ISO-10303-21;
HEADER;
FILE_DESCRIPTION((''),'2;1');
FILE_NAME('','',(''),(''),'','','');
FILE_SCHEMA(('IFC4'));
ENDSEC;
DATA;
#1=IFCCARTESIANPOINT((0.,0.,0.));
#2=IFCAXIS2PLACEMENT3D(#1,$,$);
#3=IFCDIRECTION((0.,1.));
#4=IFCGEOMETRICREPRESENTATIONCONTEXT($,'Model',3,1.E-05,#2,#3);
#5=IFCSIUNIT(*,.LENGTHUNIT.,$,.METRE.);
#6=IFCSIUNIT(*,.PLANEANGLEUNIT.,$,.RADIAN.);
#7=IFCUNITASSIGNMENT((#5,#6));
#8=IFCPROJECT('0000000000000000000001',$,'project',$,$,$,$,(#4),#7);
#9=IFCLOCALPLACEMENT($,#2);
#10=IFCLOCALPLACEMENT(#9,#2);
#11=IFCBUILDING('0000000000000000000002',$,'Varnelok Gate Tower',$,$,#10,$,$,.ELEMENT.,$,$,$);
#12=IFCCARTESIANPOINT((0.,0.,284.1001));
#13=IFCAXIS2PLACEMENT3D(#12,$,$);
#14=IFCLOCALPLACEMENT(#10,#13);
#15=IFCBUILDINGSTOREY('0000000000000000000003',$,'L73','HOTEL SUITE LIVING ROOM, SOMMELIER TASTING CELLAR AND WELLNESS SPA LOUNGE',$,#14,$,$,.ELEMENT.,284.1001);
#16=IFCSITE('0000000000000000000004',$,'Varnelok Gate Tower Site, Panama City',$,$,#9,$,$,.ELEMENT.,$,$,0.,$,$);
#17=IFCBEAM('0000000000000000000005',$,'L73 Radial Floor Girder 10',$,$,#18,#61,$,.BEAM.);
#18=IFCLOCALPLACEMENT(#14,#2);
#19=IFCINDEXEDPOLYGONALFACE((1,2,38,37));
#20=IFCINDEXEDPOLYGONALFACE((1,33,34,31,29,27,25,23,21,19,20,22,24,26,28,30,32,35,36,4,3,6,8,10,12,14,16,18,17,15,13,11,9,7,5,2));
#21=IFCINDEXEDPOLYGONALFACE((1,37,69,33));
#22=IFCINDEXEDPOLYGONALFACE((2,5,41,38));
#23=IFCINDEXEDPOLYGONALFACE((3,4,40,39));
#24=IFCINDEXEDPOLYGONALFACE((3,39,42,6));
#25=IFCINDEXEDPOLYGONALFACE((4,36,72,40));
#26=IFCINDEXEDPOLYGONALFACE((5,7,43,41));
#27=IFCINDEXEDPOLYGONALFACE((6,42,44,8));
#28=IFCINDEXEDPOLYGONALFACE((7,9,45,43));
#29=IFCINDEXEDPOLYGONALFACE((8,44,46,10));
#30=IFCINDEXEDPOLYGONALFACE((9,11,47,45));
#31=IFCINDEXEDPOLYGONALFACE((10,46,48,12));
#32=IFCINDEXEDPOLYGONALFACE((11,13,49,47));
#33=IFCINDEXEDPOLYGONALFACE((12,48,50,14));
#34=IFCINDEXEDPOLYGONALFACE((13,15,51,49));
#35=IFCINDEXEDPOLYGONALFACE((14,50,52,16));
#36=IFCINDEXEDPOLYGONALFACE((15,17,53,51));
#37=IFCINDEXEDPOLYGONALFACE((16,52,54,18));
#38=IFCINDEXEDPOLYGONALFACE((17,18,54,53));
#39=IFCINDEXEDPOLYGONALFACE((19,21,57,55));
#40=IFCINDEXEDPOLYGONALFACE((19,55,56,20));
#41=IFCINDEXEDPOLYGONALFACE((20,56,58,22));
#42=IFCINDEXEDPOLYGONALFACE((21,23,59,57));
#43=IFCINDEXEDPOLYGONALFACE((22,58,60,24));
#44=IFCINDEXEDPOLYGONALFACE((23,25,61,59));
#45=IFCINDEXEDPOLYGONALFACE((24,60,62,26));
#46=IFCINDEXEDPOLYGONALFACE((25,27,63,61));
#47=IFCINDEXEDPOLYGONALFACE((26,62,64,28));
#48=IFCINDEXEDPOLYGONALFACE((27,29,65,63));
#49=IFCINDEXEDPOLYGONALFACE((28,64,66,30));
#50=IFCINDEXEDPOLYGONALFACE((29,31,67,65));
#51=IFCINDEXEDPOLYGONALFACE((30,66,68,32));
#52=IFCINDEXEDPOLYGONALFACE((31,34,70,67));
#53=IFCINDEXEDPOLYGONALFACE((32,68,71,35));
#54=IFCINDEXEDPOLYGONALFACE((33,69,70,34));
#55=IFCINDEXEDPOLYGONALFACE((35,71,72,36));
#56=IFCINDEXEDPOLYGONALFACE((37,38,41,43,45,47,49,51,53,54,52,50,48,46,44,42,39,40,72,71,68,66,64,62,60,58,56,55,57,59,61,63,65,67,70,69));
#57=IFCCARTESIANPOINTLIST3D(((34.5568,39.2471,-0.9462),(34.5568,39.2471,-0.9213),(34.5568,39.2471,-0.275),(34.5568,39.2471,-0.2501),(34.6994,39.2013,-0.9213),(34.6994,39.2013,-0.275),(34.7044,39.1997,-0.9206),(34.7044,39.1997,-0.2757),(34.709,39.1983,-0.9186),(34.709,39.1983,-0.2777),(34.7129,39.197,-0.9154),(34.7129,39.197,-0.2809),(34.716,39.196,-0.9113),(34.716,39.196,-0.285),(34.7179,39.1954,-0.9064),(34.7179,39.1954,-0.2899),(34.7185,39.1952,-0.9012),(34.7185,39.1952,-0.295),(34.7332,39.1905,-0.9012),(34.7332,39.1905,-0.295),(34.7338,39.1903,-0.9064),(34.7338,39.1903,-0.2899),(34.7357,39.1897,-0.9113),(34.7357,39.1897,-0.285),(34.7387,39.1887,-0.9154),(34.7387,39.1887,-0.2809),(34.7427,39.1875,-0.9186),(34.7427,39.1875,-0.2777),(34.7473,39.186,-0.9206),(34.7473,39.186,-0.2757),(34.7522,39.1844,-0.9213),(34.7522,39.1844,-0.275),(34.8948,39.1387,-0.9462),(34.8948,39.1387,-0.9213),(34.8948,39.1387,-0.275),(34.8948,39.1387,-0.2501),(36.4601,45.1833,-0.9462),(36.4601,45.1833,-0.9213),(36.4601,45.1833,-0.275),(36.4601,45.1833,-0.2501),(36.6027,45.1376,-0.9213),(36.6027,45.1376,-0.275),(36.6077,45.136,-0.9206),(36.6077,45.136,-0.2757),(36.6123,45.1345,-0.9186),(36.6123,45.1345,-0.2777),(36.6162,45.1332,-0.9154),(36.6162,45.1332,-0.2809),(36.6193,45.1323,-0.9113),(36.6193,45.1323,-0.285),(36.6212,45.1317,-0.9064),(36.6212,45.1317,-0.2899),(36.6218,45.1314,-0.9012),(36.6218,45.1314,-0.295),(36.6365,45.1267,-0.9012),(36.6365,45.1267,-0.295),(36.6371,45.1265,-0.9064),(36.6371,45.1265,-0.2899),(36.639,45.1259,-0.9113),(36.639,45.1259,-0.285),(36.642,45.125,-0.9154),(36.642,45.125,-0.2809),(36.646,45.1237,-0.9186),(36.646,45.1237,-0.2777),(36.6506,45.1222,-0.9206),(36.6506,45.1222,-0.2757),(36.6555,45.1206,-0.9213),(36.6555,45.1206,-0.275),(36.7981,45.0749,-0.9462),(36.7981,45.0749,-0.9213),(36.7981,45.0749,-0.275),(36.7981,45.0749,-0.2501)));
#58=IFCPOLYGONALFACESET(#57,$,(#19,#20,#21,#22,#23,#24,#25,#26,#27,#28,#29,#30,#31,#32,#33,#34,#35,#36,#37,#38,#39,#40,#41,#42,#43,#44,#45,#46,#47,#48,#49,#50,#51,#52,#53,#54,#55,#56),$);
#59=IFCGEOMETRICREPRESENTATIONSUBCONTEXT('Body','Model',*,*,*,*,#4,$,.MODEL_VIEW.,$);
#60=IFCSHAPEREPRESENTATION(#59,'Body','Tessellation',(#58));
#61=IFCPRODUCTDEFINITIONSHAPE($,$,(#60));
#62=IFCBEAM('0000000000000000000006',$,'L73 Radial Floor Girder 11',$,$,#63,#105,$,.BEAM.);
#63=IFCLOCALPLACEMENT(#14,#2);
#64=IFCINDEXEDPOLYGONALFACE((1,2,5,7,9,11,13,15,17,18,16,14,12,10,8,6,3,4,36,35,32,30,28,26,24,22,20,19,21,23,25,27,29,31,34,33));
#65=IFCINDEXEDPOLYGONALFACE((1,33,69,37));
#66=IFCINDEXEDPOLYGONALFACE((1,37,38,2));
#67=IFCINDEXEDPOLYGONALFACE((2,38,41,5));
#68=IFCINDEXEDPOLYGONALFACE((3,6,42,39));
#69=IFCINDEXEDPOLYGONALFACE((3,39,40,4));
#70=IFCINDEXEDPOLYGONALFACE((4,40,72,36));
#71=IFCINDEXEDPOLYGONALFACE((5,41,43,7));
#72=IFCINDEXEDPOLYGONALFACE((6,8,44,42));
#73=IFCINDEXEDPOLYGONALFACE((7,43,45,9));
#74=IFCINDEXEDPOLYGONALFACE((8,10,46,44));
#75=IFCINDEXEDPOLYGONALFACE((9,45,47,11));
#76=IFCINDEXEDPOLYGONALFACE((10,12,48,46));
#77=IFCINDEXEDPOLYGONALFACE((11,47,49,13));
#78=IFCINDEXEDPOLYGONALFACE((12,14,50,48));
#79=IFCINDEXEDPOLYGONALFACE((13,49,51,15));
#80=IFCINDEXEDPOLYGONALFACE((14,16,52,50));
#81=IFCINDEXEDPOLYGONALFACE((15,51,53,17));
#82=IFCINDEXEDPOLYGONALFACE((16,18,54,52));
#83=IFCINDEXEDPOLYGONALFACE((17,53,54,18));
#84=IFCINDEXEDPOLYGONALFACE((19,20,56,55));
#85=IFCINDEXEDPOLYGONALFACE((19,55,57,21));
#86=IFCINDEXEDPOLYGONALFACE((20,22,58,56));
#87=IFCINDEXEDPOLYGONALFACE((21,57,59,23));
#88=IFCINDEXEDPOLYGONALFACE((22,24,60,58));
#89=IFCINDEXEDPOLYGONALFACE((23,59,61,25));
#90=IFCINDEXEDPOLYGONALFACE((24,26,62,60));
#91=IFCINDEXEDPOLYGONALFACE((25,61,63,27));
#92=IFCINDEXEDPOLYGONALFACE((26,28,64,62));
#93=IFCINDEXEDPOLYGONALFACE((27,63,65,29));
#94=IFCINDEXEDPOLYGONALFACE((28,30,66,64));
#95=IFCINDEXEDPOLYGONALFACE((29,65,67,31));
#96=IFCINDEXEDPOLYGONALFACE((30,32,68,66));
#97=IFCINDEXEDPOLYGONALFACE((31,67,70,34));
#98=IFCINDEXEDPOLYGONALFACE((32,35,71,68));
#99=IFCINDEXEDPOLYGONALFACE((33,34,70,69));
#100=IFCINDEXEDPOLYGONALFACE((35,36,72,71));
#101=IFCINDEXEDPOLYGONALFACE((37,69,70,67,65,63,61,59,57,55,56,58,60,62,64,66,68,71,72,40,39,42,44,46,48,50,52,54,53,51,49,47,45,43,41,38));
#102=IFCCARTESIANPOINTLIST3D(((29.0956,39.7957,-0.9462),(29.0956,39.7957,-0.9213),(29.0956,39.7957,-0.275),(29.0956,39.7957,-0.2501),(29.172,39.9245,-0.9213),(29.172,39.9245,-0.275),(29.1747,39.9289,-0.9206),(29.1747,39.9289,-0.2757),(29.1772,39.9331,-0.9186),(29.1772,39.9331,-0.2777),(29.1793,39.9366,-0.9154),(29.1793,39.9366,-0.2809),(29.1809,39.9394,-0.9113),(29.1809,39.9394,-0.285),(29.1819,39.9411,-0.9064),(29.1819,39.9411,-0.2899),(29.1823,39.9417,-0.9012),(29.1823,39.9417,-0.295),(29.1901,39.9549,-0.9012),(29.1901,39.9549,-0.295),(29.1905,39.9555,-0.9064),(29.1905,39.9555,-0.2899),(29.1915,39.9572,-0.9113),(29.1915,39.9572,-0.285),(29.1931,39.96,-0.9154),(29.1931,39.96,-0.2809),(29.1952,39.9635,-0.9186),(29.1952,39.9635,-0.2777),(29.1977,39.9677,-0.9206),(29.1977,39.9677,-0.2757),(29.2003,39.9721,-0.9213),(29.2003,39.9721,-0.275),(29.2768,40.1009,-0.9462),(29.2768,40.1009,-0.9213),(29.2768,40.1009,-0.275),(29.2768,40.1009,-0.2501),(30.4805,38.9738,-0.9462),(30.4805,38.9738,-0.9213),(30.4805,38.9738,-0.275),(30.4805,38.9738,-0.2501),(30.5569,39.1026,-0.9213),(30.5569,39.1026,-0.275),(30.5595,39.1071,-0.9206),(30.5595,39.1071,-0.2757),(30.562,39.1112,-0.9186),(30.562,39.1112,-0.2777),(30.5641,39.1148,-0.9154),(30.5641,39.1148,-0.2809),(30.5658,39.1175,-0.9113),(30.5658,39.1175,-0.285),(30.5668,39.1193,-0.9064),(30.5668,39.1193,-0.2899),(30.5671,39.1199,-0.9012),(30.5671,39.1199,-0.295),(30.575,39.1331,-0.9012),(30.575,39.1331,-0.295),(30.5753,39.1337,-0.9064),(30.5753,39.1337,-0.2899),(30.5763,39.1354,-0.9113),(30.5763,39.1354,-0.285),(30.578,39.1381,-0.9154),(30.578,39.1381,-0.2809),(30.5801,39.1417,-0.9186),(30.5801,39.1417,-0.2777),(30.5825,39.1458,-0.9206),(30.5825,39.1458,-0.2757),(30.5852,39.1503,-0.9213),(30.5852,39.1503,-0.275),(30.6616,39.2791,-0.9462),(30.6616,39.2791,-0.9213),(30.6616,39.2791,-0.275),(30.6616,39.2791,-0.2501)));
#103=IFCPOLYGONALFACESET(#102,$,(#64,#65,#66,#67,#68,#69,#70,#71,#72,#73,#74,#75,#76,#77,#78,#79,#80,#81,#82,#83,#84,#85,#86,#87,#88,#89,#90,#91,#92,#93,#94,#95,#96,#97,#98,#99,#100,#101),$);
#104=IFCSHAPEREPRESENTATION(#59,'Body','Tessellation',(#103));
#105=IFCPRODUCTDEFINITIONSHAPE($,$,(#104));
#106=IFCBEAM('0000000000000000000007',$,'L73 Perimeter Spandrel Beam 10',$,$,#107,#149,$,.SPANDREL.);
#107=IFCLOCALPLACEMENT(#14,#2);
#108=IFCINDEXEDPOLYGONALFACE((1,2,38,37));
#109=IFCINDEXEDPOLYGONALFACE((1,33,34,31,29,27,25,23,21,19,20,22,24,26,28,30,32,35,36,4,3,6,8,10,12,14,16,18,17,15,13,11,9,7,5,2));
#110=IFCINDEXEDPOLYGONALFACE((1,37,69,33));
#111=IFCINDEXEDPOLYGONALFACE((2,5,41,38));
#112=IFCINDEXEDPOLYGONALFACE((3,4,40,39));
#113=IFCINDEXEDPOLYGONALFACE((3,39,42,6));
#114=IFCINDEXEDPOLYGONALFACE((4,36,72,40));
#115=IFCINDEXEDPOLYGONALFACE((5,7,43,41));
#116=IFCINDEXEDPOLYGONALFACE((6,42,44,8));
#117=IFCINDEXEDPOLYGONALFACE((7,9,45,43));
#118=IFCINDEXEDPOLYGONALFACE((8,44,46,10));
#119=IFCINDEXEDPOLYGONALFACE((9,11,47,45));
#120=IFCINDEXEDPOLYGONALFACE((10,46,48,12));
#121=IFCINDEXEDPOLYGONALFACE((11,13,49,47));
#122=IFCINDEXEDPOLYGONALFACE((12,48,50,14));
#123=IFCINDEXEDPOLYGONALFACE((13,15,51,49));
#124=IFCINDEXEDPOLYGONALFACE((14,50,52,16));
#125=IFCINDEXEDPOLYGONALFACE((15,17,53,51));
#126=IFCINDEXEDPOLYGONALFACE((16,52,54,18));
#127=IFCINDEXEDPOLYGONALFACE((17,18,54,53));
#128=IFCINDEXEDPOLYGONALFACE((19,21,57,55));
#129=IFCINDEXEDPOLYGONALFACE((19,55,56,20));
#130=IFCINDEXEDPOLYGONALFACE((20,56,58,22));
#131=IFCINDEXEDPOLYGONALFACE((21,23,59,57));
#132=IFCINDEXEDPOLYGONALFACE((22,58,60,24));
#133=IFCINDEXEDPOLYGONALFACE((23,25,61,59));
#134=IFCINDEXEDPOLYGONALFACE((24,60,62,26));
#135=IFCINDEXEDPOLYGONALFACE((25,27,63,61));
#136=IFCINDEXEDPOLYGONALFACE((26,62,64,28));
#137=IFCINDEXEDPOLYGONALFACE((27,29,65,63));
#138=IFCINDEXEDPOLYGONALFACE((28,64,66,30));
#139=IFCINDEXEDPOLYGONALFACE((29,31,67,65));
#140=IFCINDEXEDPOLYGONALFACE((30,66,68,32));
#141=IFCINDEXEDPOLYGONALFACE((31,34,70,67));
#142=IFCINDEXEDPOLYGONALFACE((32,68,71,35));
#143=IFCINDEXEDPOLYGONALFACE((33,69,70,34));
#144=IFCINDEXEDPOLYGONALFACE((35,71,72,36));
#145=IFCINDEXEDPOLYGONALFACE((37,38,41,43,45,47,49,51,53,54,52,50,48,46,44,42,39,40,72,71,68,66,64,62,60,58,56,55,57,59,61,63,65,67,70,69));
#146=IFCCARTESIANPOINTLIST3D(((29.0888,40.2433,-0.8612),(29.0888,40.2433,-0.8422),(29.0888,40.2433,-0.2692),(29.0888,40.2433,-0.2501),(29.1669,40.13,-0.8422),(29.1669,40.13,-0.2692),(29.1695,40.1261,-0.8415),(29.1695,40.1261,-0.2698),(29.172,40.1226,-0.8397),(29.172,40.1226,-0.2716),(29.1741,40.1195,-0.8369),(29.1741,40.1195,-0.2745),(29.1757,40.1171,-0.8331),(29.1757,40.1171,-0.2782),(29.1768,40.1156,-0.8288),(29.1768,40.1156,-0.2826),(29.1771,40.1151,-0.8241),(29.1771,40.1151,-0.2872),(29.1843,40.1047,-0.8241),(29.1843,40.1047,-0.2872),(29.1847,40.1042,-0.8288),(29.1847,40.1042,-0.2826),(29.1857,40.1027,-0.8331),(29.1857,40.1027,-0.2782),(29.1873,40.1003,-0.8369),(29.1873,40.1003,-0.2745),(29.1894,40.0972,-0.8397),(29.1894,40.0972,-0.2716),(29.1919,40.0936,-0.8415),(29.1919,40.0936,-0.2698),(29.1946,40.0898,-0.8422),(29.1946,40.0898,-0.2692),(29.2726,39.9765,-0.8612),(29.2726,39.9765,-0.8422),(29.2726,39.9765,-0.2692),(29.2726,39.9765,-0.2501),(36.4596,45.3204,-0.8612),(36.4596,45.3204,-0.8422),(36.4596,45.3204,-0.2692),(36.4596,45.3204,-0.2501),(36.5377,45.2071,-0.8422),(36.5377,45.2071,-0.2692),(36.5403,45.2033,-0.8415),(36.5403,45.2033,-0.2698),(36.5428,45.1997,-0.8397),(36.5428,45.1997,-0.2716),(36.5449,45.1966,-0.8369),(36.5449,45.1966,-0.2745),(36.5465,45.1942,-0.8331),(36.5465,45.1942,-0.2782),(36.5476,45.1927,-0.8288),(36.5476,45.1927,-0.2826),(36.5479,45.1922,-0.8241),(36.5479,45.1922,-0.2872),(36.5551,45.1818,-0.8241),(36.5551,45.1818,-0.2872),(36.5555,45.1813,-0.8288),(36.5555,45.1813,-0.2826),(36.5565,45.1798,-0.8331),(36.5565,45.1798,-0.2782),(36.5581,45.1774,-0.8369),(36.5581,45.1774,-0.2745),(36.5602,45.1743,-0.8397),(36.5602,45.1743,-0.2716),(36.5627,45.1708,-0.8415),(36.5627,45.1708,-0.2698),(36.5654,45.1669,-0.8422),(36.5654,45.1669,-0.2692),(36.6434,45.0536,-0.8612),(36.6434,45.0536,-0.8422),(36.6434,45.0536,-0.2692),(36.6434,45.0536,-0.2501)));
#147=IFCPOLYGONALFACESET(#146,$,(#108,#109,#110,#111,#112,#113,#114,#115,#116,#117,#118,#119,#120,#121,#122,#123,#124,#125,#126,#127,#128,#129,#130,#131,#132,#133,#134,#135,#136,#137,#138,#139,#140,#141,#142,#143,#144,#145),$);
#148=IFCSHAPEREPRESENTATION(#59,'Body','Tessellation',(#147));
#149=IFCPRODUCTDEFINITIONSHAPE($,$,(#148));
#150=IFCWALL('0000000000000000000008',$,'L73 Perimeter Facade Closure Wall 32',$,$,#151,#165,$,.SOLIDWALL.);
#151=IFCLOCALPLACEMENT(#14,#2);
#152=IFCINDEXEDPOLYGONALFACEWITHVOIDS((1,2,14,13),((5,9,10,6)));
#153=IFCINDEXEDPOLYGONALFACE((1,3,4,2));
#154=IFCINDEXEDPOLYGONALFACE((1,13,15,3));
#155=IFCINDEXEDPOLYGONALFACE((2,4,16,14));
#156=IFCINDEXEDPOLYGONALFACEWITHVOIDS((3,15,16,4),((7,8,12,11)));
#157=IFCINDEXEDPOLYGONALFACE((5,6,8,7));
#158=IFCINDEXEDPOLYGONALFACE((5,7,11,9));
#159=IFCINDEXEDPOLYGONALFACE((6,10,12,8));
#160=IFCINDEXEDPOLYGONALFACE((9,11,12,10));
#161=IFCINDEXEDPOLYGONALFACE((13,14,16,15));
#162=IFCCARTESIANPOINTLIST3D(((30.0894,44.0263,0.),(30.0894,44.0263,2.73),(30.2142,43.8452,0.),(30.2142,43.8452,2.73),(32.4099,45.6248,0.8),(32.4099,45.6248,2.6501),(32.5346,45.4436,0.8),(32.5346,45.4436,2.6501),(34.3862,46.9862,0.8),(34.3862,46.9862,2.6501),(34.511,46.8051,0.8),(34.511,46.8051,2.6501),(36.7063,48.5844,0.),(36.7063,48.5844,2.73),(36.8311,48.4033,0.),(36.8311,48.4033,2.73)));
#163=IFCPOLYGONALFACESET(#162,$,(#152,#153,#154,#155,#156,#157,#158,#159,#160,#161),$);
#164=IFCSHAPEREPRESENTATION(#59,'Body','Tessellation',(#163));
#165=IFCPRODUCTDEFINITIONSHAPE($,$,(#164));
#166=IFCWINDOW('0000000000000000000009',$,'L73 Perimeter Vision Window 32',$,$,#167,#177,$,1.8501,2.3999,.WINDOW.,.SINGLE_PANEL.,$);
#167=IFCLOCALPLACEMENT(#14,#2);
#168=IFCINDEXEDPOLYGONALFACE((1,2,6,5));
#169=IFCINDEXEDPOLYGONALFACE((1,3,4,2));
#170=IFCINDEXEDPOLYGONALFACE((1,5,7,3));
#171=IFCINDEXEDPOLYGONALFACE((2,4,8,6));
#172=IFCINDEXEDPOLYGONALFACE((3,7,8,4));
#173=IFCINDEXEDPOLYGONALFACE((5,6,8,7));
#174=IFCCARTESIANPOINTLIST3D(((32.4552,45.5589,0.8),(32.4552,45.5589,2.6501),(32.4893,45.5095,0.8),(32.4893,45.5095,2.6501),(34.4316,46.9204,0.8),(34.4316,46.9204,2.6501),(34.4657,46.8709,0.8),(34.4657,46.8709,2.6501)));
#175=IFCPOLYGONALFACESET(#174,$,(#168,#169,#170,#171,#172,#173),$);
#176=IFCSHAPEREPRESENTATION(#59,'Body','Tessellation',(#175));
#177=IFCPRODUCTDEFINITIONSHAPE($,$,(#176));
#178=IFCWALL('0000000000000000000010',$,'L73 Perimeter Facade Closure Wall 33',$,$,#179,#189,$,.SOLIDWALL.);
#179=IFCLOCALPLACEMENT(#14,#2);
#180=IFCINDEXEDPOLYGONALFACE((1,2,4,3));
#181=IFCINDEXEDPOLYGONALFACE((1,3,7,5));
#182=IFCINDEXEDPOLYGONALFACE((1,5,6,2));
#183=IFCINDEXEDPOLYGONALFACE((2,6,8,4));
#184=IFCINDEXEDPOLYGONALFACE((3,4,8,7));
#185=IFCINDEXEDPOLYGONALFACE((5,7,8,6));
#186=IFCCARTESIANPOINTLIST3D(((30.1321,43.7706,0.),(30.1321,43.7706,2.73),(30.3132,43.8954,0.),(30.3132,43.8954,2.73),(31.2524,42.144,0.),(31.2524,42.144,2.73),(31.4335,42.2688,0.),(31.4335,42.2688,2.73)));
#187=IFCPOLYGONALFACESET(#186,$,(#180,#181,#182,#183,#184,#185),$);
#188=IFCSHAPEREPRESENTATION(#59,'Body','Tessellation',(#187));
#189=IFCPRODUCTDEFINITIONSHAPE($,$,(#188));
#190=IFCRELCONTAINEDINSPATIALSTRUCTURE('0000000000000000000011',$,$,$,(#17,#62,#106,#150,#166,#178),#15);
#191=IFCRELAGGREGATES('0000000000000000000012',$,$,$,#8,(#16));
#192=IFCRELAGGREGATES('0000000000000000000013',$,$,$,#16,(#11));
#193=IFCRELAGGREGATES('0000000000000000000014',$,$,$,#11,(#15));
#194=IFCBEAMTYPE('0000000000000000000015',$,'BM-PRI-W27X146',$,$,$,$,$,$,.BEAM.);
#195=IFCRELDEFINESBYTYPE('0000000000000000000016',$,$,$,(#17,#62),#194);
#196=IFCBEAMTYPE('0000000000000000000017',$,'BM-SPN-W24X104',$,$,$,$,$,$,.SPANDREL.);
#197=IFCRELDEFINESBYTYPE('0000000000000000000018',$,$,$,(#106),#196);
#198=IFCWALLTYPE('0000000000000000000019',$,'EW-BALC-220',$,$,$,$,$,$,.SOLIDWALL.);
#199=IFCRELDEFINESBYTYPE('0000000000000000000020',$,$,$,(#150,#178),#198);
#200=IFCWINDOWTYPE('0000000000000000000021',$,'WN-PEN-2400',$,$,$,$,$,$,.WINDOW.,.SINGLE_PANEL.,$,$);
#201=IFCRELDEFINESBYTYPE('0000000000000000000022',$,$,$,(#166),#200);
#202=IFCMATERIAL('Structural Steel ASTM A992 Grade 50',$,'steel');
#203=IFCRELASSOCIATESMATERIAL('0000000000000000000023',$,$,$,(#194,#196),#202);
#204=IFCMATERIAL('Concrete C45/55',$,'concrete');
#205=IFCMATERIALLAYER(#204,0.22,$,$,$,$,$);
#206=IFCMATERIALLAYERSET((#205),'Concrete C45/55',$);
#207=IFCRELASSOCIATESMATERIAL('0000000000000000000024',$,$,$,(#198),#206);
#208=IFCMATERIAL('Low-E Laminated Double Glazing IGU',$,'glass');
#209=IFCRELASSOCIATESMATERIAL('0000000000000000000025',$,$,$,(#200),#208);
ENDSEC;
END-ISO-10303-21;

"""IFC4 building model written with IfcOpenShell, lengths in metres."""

from ifc_helpers import new_model, si_unit, direction, frame, frame_2d, origin, origin_2d, place, context, subcontext, project, spatial, rectangle, i_section, extrude, material, layer, layer_set, material_profile, profile_set, type_object, element, fill, save


model = new_model("IFC4")

# Units and contexts
model_context = context("Model", 3, precision=1e-05, world=origin(), true_north=direction((0.0, 1.0)))
body_context = subcontext(model_context, "Body", "Model", "MODEL_VIEW")
ifc_project = project(units=[si_unit("LENGTHUNIT", "METRE"), si_unit("PLANEANGLEUNIT", "RADIAN")], contexts=[model_context])

# Site, building, storey
site_placement = place(None, origin())
site = spatial("IfcSite", under=ifc_project, at=site_placement, Name="Varnelok Gate Tower Site, Panama City", CompositionType="ELEMENT", RefElevation=0.0)
building_placement = place(site_placement, origin())
building = spatial("IfcBuilding", under=site, at=building_placement, Name="Varnelok Gate Tower", CompositionType="ELEMENT")
storey_placement = place(building_placement, frame((0.0, 0.0, 284.1001)))
storey = spatial("IfcBuildingStorey", under=building, at=storey_placement, Name="L73", Description="HOTEL SUITE LIVING ROOM, SOMMELIER TASTING CELLAR AND WELLNESS SPA LOUNGE", CompositionType="ELEMENT", Elevation=284.1001)

# Shared definitions
ifc_material_1 = material(Name="Structural Steel ASTM A992 Grade 50", Category="steel")

# Beams
ifc_material_profile_1 = material_profile(ifc_material_1, i_section(OverallWidth=0.355, OverallDepth=0.696, WebThickness=0.0154, FlangeThickness=0.0249, FilletRadius=0.02, at=origin_2d()), Name="W27X146")
ifc_profile_set_1 = profile_set([ifc_material_profile_1], Name="Structural Steel ASTM A992 Grade 50")
beam_type_1 = type_object("IfcBeamType", Name="BM-PRI-W27X146", PredefinedType="BEAM", material=ifc_profile_set_1)
beam_1_placement = place(storey_placement, frame((34.7258, 39.1929, -0.5981), z_axis=(0.305316, 0.952251, 0.0), x_axis=(-0.952251, 0.305316, 0.0)))
element("IfcBeam", 1, at=beam_1_placement, inside=storey, type_object=beam_type_1, Name="L73 Radial Floor Girder 10", PredefinedType="BEAM", context=body_context, shape_type="SweptSolid", body=[
    extrude(i_section(OverallWidth=0.355, OverallDepth=0.696, WebThickness=0.0154, FlangeThickness=0.0249, FilletRadius=0.02, at=origin_2d()), origin(), (0.0, 0.0, 1.0), 6.2339),
])
beam_2_placement = place(storey_placement, frame((30.571, 39.1265, -0.5981), z_axis=(-0.859971, 0.510343, 0.0), x_axis=(-0.510343, -0.859971, 0.0)))
element("IfcBeam", 2, at=beam_2_placement, inside=storey, type_object=beam_type_1, Name="L73 Radial Floor Girder 11", PredefinedType="BEAM", context=body_context, shape_type="SweptSolid", body=[
    extrude(i_section(OverallWidth=0.355, OverallDepth=0.696, WebThickness=0.0154, FlangeThickness=0.0249, FilletRadius=0.02, at=origin_2d()), origin(), (0.0, 0.0, 1.0), 1.6104),
])
ifc_material_profile_2 = material_profile(ifc_material_1, i_section(OverallWidth=0.324, OverallDepth=0.6111, WebThickness=0.0127, FlangeThickness=0.019, FilletRadius=0.0181, at=origin_2d()), Name="W24X104")
ifc_profile_set_2 = profile_set([ifc_material_profile_2], Name="Structural Steel ASTM A992 Grade 50")
beam_type_2 = type_object("IfcBeamType", Name="BM-SPN-W24X104", PredefinedType="SPANDREL", material=ifc_profile_set_2)
beam_3_placement = place(storey_placement, frame((36.5515, 45.187, -0.5557), z_axis=(-0.823536, -0.567264, 0.0), x_axis=(0.567264, -0.823536, 0.0)))
element("IfcBeam", 3, at=beam_3_placement, inside=storey, type_object=beam_type_2, Name="L73 Perimeter Spandrel Beam 10", PredefinedType="SPANDREL", context=body_context, shape_type="SweptSolid", body=[
    extrude(i_section(OverallWidth=0.324, OverallDepth=0.6111, WebThickness=0.0127, FlangeThickness=0.019, FilletRadius=0.0181, at=origin_2d()), origin(), (0.0, 0.0, 1.0), 8.9502),
])

# Wall, opening, window
ifc_material_2 = material(Name="Concrete C45/55", Category="concrete")
ifc_layer_1 = layer(ifc_material_2, 0.22)
ifc_layer_set_1 = layer_set([ifc_layer_1], Name="Concrete C45/55")
wall_type_1 = type_object("IfcWallType", Name="EW-BALC-220", PredefinedType="SOLIDWALL", material=ifc_layer_set_1)
wall_1_placement = place(storey_placement, frame((36.7688, 48.4939, 0.0), z_axis=(0.0, 0.0, 1.0), x_axis=(-0.823521, -0.567286, 0.0)))
wall_1 = element("IfcWall", 4, at=wall_1_placement, inside=storey, type_object=wall_type_1, Name="L73 Perimeter Facade Closure Wall 32", PredefinedType="SOLIDWALL", context=body_context, shape_type="SweptSolid", body=[
    extrude(rectangle(XDim=8.0349, YDim=0.22, at=frame_2d((4.0176, 0.0))), origin(), (0.0, 0.0, 1.0), 2.73),
])
opening_1_placement = place(wall_1_placement, frame((2.8174, 0.0, 0.8)))
opening_1 = element("IfcOpeningElement", 5, at=opening_1_placement, cuts=wall_1, PredefinedType="OPENING", context=body_context, shape_type="SweptSolid", body=[
    extrude(rectangle(XDim=2.3999, YDim=1.8501, at=frame_2d((1.2, 0.925))), frame((0.0, 0.1199, 0.0), z_axis=(0.0, -1.0, 0.0), x_axis=(1.0, 0.0, 0.0)), (0.0, 0.0, 1.0), 0.24),
])
ifc_material_3 = material(Name="Low-E Laminated Double Glazing IGU", Category="glass")
window_type = type_object("IfcWindowType", Name="WN-PEN-2400", PartitioningType="SINGLE_PANEL", PredefinedType="WINDOW", material=ifc_material_3)
window_placement = place(opening_1_placement, origin())
window = element("IfcWindow", 6, at=window_placement, inside=storey, type_object=window_type, Name="L73 Perimeter Vision Window 32", OverallHeight=1.8501, OverallWidth=2.3999, PartitioningType="SINGLE_PANEL", PredefinedType="WINDOW", context=body_context, shape_type="SweptSolid", body=[
    extrude(rectangle(XDim=2.3999, YDim=1.8501, at=frame_2d((1.2, 0.925))), frame((0.0, 0.03, 0.0), z_axis=(0.0, -1.0, 0.0), x_axis=(1.0, 0.0, 0.0)), (0.0, 0.0, 1.0), 0.0601),
])
fill(opening_1, window)

# Wall
wall_2_placement = place(storey_placement, frame((30.2227, 43.833, 0.0), z_axis=(0.0, 0.0, 1.0), x_axis=(0.567216, -0.823569, 0.0)))
element("IfcWall", 7, at=wall_2_placement, inside=storey, type_object=wall_type_1, Name="L73 Perimeter Facade Closure Wall 33", PredefinedType="SOLIDWALL", context=body_context, shape_type="SweptSolid", body=[
    extrude(rectangle(XDim=1.9751, YDim=0.22, at=frame_2d((0.9875, 0.0))), origin(), (0.0, 0.0, 1.0), 2.73),
])

save(model, "model.ifc")
